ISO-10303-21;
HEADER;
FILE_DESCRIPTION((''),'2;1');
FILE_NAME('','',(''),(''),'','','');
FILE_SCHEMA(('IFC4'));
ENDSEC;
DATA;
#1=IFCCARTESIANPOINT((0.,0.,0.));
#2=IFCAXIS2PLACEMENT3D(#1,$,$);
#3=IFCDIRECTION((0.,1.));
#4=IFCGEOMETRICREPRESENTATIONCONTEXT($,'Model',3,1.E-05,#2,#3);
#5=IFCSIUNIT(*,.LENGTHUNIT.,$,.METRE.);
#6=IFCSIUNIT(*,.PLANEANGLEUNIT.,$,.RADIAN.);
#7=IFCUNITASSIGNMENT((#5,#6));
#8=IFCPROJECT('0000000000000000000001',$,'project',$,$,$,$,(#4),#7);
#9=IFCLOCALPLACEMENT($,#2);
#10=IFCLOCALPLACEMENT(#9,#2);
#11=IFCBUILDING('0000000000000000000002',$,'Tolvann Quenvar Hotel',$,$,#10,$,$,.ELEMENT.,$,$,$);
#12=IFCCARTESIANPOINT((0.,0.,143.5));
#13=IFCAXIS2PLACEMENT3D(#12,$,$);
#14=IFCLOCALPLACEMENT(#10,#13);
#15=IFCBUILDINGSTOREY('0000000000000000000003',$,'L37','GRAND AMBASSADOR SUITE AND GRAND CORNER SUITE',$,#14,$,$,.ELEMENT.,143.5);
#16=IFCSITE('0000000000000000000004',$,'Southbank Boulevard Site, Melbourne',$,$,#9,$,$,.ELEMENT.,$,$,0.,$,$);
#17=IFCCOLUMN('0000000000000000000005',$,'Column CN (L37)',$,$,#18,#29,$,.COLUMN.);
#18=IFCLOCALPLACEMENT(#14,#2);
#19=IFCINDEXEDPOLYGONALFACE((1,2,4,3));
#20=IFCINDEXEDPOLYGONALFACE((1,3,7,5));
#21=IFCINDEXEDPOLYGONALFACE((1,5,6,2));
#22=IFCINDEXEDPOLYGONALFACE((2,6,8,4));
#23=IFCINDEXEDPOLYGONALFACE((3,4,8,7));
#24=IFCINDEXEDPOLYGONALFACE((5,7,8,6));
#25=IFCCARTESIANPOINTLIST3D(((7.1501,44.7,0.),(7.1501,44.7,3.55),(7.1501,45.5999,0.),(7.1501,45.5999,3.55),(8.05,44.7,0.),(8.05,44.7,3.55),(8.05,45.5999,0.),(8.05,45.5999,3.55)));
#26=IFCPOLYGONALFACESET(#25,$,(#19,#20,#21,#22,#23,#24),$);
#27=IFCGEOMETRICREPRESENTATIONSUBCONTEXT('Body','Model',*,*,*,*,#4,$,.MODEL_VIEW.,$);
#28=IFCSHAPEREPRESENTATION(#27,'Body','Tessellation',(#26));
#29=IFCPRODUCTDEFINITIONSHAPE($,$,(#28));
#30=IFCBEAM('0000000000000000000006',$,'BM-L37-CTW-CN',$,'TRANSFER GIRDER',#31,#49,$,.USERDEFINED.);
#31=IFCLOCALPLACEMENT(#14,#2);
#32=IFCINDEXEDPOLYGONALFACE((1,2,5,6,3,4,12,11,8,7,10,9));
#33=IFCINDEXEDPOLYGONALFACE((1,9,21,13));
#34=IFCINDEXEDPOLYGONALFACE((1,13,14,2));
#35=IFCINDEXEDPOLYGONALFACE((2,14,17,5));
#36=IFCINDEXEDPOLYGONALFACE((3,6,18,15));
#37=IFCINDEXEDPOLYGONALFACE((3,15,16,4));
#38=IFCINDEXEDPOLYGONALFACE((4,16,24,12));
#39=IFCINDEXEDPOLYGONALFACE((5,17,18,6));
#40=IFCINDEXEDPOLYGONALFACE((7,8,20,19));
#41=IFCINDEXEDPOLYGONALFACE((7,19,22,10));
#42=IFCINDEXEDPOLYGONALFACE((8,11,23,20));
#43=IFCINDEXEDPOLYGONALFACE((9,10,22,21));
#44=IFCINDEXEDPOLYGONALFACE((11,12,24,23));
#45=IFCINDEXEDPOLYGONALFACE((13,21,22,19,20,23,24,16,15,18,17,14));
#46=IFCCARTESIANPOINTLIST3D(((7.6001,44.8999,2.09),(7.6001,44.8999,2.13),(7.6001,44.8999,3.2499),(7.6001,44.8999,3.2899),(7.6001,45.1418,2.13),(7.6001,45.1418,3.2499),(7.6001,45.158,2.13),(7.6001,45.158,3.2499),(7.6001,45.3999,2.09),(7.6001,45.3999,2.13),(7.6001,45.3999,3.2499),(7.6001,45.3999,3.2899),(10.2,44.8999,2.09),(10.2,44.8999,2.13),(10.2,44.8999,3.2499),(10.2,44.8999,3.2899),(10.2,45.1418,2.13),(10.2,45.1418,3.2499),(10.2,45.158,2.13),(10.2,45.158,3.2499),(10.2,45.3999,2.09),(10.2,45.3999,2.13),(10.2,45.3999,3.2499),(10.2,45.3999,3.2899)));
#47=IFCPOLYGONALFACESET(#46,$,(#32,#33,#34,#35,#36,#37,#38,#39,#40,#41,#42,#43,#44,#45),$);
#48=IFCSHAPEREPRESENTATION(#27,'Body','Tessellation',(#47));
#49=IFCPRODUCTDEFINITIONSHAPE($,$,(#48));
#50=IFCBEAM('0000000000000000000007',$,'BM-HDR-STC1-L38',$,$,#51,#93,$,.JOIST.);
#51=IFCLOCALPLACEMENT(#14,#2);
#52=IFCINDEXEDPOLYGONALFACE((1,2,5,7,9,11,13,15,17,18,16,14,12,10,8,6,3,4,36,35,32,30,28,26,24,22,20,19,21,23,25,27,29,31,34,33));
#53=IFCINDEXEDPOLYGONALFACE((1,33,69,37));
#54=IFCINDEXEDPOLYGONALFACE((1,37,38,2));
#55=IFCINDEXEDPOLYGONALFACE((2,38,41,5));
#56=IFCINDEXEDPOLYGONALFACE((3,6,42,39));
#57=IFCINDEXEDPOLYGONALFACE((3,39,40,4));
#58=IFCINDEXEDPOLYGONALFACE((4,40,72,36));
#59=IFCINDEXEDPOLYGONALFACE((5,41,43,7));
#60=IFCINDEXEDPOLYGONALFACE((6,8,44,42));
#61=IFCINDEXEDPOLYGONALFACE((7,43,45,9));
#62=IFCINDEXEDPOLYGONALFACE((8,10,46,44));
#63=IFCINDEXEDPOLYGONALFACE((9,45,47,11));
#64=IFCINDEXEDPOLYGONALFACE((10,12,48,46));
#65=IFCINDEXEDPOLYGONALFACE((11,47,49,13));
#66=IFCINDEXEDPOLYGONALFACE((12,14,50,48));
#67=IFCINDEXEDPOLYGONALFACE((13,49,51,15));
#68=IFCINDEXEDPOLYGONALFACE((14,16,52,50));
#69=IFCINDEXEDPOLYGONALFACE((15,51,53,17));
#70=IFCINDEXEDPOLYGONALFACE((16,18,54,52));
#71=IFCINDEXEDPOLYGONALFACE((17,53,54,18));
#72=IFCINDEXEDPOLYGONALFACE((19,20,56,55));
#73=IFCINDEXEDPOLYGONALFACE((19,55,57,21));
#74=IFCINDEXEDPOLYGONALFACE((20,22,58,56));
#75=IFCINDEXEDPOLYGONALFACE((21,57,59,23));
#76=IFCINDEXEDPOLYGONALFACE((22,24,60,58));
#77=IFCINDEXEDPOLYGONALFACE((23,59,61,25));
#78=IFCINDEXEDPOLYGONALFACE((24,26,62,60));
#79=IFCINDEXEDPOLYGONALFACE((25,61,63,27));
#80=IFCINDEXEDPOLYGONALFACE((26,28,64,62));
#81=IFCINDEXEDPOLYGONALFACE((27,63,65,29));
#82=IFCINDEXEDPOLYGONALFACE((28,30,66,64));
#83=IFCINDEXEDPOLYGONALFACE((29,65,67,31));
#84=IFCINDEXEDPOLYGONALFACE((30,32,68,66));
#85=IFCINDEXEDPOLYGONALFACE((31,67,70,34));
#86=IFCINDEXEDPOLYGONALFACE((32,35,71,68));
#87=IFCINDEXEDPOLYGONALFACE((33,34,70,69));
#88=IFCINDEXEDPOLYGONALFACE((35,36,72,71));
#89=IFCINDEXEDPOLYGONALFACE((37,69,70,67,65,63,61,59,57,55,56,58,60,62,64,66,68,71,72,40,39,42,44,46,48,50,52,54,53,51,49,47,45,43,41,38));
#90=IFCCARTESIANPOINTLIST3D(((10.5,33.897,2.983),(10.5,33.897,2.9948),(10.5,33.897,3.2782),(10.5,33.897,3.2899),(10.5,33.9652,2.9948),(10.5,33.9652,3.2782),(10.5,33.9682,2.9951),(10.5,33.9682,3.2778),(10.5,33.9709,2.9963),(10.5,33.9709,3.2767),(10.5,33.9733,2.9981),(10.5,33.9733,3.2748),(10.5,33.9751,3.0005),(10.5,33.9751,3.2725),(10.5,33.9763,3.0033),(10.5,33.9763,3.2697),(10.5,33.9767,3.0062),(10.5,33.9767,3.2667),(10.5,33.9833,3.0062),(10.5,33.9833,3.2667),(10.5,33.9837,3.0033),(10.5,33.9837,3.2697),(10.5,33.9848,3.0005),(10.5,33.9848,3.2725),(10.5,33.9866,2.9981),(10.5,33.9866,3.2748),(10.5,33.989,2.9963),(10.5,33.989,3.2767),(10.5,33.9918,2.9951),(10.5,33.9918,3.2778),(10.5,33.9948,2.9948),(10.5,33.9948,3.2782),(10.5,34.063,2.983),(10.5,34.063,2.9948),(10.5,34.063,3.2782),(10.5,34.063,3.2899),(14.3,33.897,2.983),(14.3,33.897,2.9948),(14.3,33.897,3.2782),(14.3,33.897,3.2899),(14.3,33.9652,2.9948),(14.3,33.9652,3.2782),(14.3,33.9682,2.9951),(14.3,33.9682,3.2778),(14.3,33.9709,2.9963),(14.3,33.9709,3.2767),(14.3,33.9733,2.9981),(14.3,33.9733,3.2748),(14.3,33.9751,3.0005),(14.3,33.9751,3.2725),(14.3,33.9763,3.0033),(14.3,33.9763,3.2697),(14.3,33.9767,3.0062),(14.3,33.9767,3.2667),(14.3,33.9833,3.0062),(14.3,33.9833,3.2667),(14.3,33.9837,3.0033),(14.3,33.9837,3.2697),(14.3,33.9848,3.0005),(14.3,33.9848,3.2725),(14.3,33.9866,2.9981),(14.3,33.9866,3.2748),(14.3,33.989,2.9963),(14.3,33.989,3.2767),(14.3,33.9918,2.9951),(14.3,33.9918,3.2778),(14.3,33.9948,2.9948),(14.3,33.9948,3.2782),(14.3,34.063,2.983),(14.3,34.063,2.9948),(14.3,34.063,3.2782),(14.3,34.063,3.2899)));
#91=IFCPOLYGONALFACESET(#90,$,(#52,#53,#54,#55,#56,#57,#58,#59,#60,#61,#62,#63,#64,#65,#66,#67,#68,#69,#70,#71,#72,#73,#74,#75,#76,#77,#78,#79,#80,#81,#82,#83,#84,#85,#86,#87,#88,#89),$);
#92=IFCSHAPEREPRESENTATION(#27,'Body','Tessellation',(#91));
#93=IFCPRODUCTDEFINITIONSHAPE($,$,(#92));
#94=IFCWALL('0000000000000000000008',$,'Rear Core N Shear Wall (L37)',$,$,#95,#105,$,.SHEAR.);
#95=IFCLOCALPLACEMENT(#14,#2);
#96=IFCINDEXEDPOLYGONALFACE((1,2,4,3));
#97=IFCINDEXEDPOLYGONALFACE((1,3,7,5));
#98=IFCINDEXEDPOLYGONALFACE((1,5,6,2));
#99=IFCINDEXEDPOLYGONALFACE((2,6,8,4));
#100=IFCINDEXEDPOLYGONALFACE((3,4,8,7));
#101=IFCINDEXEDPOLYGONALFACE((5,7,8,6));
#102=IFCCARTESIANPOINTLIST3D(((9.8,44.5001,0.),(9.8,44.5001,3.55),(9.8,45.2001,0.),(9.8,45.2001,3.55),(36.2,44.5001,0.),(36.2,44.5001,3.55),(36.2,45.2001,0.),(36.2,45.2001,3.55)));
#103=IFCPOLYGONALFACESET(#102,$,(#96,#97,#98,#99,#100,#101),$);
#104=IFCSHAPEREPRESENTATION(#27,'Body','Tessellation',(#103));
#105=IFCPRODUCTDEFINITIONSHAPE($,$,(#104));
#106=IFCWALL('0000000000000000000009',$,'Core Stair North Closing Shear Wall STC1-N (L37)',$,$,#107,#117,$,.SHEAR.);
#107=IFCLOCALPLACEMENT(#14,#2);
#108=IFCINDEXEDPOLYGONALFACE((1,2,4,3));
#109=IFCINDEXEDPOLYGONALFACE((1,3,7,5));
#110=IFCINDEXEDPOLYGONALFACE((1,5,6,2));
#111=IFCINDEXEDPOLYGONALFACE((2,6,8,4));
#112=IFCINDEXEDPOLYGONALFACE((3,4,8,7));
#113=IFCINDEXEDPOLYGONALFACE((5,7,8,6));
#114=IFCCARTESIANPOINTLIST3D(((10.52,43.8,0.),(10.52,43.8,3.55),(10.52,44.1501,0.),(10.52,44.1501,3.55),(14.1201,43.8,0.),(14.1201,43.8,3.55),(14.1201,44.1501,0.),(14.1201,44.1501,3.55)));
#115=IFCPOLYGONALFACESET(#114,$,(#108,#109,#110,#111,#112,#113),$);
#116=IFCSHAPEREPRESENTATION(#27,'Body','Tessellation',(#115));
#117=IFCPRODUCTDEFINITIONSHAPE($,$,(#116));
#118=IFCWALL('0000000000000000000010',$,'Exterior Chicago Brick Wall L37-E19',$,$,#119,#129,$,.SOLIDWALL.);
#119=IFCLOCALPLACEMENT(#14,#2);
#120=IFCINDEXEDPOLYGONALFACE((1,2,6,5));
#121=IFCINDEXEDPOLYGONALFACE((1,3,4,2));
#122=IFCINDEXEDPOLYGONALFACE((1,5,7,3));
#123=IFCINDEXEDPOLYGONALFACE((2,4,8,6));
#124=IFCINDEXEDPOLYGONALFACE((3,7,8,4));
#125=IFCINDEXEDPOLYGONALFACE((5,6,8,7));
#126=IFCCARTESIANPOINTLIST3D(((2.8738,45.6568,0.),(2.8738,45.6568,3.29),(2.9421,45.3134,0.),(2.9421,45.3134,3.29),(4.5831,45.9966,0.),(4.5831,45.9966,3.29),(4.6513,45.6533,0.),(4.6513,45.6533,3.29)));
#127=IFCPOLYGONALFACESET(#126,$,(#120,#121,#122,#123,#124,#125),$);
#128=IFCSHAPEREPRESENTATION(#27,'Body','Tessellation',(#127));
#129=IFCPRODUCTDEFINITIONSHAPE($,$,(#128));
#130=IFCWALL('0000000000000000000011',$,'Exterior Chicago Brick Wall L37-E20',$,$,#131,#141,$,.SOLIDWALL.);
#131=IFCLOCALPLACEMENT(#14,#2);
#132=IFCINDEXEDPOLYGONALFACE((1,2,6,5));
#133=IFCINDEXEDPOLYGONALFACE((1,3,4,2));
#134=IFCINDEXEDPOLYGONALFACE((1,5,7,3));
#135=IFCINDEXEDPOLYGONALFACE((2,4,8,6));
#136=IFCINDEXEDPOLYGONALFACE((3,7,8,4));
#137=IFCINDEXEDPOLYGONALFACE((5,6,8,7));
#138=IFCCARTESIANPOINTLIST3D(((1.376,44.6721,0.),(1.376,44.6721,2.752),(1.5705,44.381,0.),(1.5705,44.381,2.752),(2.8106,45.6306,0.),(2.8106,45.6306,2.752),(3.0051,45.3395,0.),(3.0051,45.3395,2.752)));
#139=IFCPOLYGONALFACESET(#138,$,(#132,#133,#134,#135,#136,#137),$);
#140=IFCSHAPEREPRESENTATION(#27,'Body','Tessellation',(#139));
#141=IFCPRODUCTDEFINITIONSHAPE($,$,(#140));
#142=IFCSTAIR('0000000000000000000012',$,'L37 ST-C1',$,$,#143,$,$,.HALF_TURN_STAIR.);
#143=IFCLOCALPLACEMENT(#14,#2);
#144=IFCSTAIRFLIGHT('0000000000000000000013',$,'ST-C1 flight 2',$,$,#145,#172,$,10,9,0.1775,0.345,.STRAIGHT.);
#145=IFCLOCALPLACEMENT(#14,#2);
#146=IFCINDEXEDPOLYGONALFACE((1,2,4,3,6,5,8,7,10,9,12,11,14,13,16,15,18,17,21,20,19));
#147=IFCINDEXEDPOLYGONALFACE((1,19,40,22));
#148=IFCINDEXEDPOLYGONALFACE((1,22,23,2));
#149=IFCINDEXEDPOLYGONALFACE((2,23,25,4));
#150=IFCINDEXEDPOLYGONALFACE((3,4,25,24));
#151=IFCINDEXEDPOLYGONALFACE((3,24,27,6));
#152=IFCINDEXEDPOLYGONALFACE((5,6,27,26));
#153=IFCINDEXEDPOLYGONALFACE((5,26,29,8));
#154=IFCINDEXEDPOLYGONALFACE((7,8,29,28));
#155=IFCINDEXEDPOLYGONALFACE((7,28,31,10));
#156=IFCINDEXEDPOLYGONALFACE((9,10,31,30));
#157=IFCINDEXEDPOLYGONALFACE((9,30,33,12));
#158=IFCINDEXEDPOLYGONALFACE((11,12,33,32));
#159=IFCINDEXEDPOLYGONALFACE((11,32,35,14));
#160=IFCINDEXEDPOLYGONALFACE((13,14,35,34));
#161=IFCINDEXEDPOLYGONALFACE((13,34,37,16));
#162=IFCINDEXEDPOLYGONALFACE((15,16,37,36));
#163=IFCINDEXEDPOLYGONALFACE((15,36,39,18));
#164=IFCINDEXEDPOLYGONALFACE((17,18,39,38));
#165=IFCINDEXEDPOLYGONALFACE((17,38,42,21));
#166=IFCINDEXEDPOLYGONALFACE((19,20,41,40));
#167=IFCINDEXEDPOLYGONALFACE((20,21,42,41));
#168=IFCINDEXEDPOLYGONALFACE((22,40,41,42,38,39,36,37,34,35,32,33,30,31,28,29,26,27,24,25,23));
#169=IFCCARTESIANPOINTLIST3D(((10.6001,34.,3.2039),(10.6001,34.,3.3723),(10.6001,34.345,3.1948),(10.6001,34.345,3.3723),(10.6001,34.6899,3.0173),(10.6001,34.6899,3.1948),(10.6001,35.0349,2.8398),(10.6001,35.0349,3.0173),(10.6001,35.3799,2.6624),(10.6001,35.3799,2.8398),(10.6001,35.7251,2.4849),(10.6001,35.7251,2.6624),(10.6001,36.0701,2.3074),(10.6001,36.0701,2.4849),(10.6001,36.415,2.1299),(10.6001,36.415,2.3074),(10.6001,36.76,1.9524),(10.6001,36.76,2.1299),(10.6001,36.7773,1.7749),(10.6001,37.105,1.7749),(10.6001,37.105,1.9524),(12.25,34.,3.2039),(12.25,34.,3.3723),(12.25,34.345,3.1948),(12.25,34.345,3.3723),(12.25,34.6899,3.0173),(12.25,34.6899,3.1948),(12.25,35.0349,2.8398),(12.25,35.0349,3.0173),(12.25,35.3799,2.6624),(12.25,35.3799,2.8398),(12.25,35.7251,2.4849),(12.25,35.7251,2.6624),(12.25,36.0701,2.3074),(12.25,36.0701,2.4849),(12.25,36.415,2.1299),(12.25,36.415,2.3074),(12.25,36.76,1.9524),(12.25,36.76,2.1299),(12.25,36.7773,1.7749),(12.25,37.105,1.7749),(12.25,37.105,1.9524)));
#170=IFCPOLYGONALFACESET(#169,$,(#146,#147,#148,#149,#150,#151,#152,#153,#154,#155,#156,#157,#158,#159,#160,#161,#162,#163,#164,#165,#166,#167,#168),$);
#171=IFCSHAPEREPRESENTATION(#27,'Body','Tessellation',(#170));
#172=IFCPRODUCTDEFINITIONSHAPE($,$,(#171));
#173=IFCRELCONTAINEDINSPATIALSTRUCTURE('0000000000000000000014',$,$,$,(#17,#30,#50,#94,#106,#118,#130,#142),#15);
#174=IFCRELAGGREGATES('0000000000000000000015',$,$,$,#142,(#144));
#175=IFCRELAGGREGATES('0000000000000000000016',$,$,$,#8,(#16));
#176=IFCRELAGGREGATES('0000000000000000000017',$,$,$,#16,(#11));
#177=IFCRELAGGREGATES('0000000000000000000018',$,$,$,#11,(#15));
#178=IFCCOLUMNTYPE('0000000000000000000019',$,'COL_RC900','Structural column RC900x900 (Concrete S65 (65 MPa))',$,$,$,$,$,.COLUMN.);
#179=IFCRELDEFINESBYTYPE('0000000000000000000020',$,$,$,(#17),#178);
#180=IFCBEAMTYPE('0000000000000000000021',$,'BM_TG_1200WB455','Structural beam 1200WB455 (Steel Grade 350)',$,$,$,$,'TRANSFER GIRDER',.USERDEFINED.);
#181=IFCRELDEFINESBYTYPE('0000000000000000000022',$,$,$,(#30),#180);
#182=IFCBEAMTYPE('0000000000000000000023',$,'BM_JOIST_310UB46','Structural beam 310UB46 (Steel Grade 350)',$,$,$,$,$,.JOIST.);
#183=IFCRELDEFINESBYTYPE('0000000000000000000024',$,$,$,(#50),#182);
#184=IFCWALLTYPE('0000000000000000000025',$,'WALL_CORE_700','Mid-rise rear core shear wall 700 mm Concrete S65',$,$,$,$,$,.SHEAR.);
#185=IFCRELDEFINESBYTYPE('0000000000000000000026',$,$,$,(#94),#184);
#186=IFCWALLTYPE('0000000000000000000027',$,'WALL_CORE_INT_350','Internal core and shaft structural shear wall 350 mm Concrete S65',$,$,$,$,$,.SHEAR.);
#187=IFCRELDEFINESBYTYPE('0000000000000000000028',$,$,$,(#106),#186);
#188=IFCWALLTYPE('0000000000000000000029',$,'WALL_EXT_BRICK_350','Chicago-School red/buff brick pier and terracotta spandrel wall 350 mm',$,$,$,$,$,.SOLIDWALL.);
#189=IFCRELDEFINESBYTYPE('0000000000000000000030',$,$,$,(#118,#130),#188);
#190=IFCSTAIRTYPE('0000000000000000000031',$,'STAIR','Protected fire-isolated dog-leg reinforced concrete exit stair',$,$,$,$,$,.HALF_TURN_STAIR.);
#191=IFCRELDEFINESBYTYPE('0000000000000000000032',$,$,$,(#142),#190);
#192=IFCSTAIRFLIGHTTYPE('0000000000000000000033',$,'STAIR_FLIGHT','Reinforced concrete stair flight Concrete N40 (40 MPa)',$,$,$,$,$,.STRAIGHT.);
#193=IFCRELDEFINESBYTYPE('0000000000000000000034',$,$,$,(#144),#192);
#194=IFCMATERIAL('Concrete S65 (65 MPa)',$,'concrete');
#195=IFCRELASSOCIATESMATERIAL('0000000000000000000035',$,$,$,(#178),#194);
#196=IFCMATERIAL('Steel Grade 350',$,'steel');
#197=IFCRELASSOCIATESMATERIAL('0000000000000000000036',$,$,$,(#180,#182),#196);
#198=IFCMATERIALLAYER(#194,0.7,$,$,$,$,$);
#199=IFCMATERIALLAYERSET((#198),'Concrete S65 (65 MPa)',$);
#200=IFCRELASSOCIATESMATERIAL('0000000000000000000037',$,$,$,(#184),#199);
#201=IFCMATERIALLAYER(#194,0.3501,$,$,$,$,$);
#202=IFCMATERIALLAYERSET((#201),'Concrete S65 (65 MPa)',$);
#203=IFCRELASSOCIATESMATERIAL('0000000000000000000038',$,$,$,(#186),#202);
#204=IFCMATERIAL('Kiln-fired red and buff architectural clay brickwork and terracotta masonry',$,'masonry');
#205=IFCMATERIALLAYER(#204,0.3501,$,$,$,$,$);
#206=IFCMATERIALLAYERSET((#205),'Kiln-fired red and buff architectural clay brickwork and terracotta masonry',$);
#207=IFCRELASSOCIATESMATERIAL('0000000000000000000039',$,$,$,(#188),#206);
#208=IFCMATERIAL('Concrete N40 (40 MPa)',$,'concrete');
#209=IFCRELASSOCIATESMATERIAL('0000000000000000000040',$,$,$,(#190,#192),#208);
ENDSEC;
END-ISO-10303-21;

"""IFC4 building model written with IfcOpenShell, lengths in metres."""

from ifc_helpers import new_model, si_unit, direction, frame, frame_2d, origin, origin_2d, place, context, subcontext, project, spatial, polyline, rectangle, i_section, outline, extrude, source, transform, mapped, material, layer, layer_set, material_profile, profile_set, type_object, type_shapes, element, aggregate, save


model = new_model("IFC4")

# Units and contexts
model_context = context("Model", 3, precision=1e-05, world=origin(), true_north=direction((0.0, 1.0)))
body_context = subcontext(model_context, "Body", "Model", "MODEL_VIEW")
ifc_project = project(units=[si_unit("LENGTHUNIT", "METRE"), si_unit("PLANEANGLEUNIT", "RADIAN")], contexts=[model_context])

# Site, building, storey
site_placement = place(None, origin())
site = spatial("IfcSite", under=ifc_project, at=site_placement, Name="Southbank Boulevard Site, Melbourne", CompositionType="ELEMENT", RefElevation=0.0)
building_placement = place(site_placement, origin())
building = spatial("IfcBuilding", under=site, at=building_placement, Name="Tolvann Quenvar Hotel", CompositionType="ELEMENT")
storey_placement = place(building_placement, frame((0.0, 0.0, 143.5)))
storey = spatial("IfcBuildingStorey", under=building, at=storey_placement, Name="L37", Description="GRAND AMBASSADOR SUITE AND GRAND CORNER SUITE", CompositionType="ELEMENT", Elevation=143.5)

# Column
ifc_material_1 = material(Name="Concrete S65 (65 MPa)", Category="concrete")
ifc_material_profile_1 = material_profile(ifc_material_1, rectangle(XDim=0.8999, YDim=0.8999, at=origin_2d()), Name="RC900x900")
ifc_profile_set_1 = profile_set([ifc_material_profile_1], Name="Concrete S65 (65 MPa)")
column_type = type_object("IfcColumnType", Name="COL_RC900", Description="Structural column RC900x900 (Concrete S65 (65 MPa))", PredefinedType="COLUMN", material=ifc_profile_set_1)
shared_shape_1 = source(origin(), body_context, "Body", "SweptSolid", [
    extrude(rectangle(XDim=0.8999, YDim=0.8999, at=origin_2d()), origin(), (0.0, 0.0, 1.0), 3.55),
])
type_shapes(column_type, [shared_shape_1])
column_placement = place(storey_placement, frame((7.6001, 45.1499, 0.0), z_axis=(0.0, 0.0, 1.0), x_axis=(1.0, 0.0, 0.0)))
element("IfcColumn", 1, at=column_placement, inside=storey, type_object=column_type, Name="Column CN (L37)", PredefinedType="COLUMN", context=body_context, shape_type="MappedRepresentation", body=[
    mapped(shared_shape_1, transform((0.0, 0.0, 0.0), x_axis=(1.0, 0.0, 0.0), y_axis=(0.0, 1.0, 0.0), z_axis=(0.0, 0.0, 1.0), scale=1.0)),
])

# Beams
ifc_material_2 = material(Name="Steel Grade 350", Category="steel")
ifc_material_profile_2 = material_profile(ifc_material_2, i_section(OverallWidth=0.5, OverallDepth=1.2, WebThickness=0.0161, FlangeThickness=0.04, at=origin_2d()), Name="1200WB455")
ifc_profile_set_2 = profile_set([ifc_material_profile_2], Name="Steel Grade 350")
beam_type_1 = type_object("IfcBeamType", Name="BM_TG_1200WB455", Description="Structural beam 1200WB455 (Steel Grade 350)", ElementType="TRANSFER GIRDER", PredefinedType="USERDEFINED", material=ifc_profile_set_2)
shared_shape_2 = source(origin(), body_context, "Body", "SweptSolid", [
    extrude(i_section(OverallWidth=0.5, OverallDepth=1.2, WebThickness=0.0161, FlangeThickness=0.04, at=origin_2d()), origin(), (0.0, 0.0, 1.0), 2.5999),
])
type_shapes(beam_type_1, [shared_shape_2])
beam_1_placement = place(storey_placement, frame((7.6001, 45.1499, 2.6899), z_axis=(1.0, 0.0, 0.0), x_axis=(0.0, 1.0, 0.0)))
element("IfcBeam", 2, at=beam_1_placement, inside=storey, type_object=beam_type_1, Name="BM-L37-CTW-CN", ObjectType="TRANSFER GIRDER", PredefinedType="USERDEFINED", context=body_context, shape_type="MappedRepresentation", body=[
    mapped(shared_shape_2, transform((0.0, 0.0, 0.0), x_axis=(1.0, 0.0, 0.0), y_axis=(0.0, 1.0, 0.0), z_axis=(0.0, 0.0, 1.0), scale=1.0)),
])
ifc_material_profile_3 = material_profile(ifc_material_2, i_section(OverallWidth=0.166, OverallDepth=0.3069, WebThickness=0.0066, FlangeThickness=0.0117, FilletRadius=0.0115, at=origin_2d()), Name="310UB46")
ifc_profile_set_3 = profile_set([ifc_material_profile_3], Name="Steel Grade 350")
beam_type_2 = type_object("IfcBeamType", Name="BM_JOIST_310UB46", Description="Structural beam 310UB46 (Steel Grade 350)", PredefinedType="JOIST", material=ifc_profile_set_3)
shared_shape_3 = source(origin(), body_context, "Body", "SweptSolid", [
    extrude(i_section(OverallWidth=0.166, OverallDepth=0.3069, WebThickness=0.0066, FlangeThickness=0.0117, FilletRadius=0.0115, at=origin_2d()), origin(), (0.0, 0.0, 1.0), 3.8),
])
type_shapes(beam_type_2, [shared_shape_3])
beam_2_placement = place(storey_placement, frame((10.5, 33.98, 3.1365), z_axis=(1.0, 0.0, 0.0), x_axis=(0.0, 1.0, 0.0)))
element("IfcBeam", 3, at=beam_2_placement, inside=storey, type_object=beam_type_2, Name="BM-HDR-STC1-L38", PredefinedType="JOIST", context=body_context, shape_type="MappedRepresentation", body=[
    mapped(shared_shape_3, transform((0.0, 0.0, 0.0), x_axis=(1.0, 0.0, 0.0), y_axis=(0.0, 1.0, 0.0), z_axis=(0.0, 0.0, 1.0), scale=1.0)),
])

# Walls
ifc_layer_1 = layer(ifc_material_1, 0.7)
ifc_layer_set_1 = layer_set([ifc_layer_1], Name="Concrete S65 (65 MPa)")
wall_type_1 = type_object("IfcWallType", Name="WALL_CORE_700", Description="Mid-rise rear core shear wall 700 mm Concrete S65", PredefinedType="SHEAR", material=ifc_layer_set_1)
wall_1_placement = place(storey_placement, frame((9.8, 44.8501, 0.0), z_axis=(0.0, 0.0, 1.0), x_axis=(1.0, 0.0, 0.0)))
element("IfcWall", 4, at=wall_1_placement, inside=storey, type_object=wall_type_1, Name="Rear Core N Shear Wall (L37)", PredefinedType="SHEAR", context=body_context, shape_type="SweptSolid", body=[
    extrude(rectangle(XDim=26.3999, YDim=0.7, at=frame_2d((13.2, 0.0))), origin(), (0.0, 0.0, 1.0), 3.55),
])
ifc_layer_2 = layer(ifc_material_1, 0.3501)
ifc_layer_set_2 = layer_set([ifc_layer_2], Name="Concrete S65 (65 MPa)")
wall_type_2 = type_object("IfcWallType", Name="WALL_CORE_INT_350", Description="Internal core and shaft structural shear wall 350 mm Concrete S65", PredefinedType="SHEAR", material=ifc_layer_set_2)
wall_2_placement = place(storey_placement, frame((10.52, 43.9751, 0.0), z_axis=(0.0, 0.0, 1.0), x_axis=(1.0, 0.0, 0.0)))
element("IfcWall", 5, at=wall_2_placement, inside=storey, type_object=wall_type_2, Name="Core Stair North Closing Shear Wall STC1-N (L37)", PredefinedType="SHEAR", context=body_context, shape_type="SweptSolid", body=[
    extrude(rectangle(XDim=3.6001, YDim=0.3501, at=frame_2d((1.8, 0.0))), origin(), (0.0, 0.0, 1.0), 3.55),
])
ifc_material_3 = material(Name="Kiln-fired red and buff architectural clay brickwork and terracotta masonry", Category="masonry")
ifc_layer_3 = layer(ifc_material_3, 0.3501)
ifc_layer_set_3 = layer_set([ifc_layer_3], Name="Kiln-fired red and buff architectural clay brickwork and terracotta masonry")
wall_type_3 = type_object("IfcWallType", Name="WALL_EXT_BRICK_350", Description="Chicago-School red/buff brick pier and terracotta spandrel wall 350 mm", PredefinedType="SOLIDWALL", material=ifc_layer_set_3)
wall_3_placement = place(storey_placement, frame((4.6172, 45.825, 0.0), z_axis=(0.0, 0.0, 1.0), x_axis=(-0.980801, -0.195011, 0.0)))
element("IfcWall", 6, at=wall_3_placement, inside=storey, type_object=wall_type_3, Name="Exterior Chicago Brick Wall L37-E19", PredefinedType="SOLIDWALL", context=body_context, shape_type="SweptSolid", body=[
    extrude(rectangle(XDim=1.7427, YDim=0.3501, at=frame_2d((0.8713, 0.0))), origin(), (0.0, 0.0, 1.0), 3.29),
])
wall_4_placement = place(storey_placement, frame((2.908, 45.4851, 0.0), z_axis=(0.0, 0.0, 1.0), x_axis=(-0.831484, -0.555549, 0.0)))
element("IfcWall", 7, at=wall_4_placement, inside=storey, type_object=wall_type_3, Name="Exterior Chicago Brick Wall L37-E20", PredefinedType="SOLIDWALL", context=body_context, shape_type="SweptSolid", body=[
    extrude(rectangle(XDim=1.7253, YDim=0.3501, at=frame_2d((0.8628, 0.0))), origin(), (0.0, 0.0, 1.0), 2.752),
])

# Stair, stair flight
ifc_material_4 = material(Name="Concrete N40 (40 MPa)", Category="concrete")
stair_type = type_object("IfcStairType", Name="STAIR", Description="Protected fire-isolated dog-leg reinforced concrete exit stair", PredefinedType="HALF_TURN_STAIR", material=ifc_material_4)
stair_placement = place(storey_placement, origin())
stair = element("IfcStair", 8, at=stair_placement, inside=storey, type_object=stair_type, Name="L37 ST-C1", PredefinedType="HALF_TURN_STAIR")
stair_flight_type = type_object("IfcStairFlightType", Name="STAIR_FLIGHT", Description="Reinforced concrete stair flight Concrete N40 (40 MPa)", PredefinedType="STRAIGHT", material=ifc_material_4)
stair_flight_placement = place(storey_placement, frame((11.425, 37.105, 1.7749), z_axis=(0.0, 0.0, 1.0), x_axis=(0.0, -1.0, 0.0)))
stair_flight = element("IfcStairFlight", 9, at=stair_flight_placement, type_object=stair_flight_type, Name="ST-C1 flight 2", NumberOfRisers=10, NumberOfTreads=9, PredefinedType="STRAIGHT", RiserHeight=0.1775, TreadLength=0.345, context=body_context, shape_type="SweptSolid", body=[
    extrude(outline(polyline([(0.0, 0.0), (0.0, 0.1775), (0.345, 0.1775), (0.345, 0.355), (0.6899, 0.355), (0.6899, 0.5325), (1.0349, 0.5325), (1.0349, 0.71), (1.3799, 0.71), (1.3799, 0.8875), (1.7251, 0.8875), (1.7251, 1.0649), (2.0701, 1.0649), (2.0701, 1.2424), (2.415, 1.2424), (2.415, 1.4199), (2.76, 1.4199), (2.76, 1.5974), (3.105, 1.5974), (3.105, 1.7749), (3.105, 1.429), (0.3276, 0.0), (0.0, 0.0)])), frame((0.0, 0.825, 0.0), z_axis=(0.0, -1.0, 0.0), x_axis=(1.0, 0.0, 0.0)), (0.0, 0.0, 1.0), 1.6499),
])
aggregate(stair, [stair_flight])

save(model, "model.ifc")
